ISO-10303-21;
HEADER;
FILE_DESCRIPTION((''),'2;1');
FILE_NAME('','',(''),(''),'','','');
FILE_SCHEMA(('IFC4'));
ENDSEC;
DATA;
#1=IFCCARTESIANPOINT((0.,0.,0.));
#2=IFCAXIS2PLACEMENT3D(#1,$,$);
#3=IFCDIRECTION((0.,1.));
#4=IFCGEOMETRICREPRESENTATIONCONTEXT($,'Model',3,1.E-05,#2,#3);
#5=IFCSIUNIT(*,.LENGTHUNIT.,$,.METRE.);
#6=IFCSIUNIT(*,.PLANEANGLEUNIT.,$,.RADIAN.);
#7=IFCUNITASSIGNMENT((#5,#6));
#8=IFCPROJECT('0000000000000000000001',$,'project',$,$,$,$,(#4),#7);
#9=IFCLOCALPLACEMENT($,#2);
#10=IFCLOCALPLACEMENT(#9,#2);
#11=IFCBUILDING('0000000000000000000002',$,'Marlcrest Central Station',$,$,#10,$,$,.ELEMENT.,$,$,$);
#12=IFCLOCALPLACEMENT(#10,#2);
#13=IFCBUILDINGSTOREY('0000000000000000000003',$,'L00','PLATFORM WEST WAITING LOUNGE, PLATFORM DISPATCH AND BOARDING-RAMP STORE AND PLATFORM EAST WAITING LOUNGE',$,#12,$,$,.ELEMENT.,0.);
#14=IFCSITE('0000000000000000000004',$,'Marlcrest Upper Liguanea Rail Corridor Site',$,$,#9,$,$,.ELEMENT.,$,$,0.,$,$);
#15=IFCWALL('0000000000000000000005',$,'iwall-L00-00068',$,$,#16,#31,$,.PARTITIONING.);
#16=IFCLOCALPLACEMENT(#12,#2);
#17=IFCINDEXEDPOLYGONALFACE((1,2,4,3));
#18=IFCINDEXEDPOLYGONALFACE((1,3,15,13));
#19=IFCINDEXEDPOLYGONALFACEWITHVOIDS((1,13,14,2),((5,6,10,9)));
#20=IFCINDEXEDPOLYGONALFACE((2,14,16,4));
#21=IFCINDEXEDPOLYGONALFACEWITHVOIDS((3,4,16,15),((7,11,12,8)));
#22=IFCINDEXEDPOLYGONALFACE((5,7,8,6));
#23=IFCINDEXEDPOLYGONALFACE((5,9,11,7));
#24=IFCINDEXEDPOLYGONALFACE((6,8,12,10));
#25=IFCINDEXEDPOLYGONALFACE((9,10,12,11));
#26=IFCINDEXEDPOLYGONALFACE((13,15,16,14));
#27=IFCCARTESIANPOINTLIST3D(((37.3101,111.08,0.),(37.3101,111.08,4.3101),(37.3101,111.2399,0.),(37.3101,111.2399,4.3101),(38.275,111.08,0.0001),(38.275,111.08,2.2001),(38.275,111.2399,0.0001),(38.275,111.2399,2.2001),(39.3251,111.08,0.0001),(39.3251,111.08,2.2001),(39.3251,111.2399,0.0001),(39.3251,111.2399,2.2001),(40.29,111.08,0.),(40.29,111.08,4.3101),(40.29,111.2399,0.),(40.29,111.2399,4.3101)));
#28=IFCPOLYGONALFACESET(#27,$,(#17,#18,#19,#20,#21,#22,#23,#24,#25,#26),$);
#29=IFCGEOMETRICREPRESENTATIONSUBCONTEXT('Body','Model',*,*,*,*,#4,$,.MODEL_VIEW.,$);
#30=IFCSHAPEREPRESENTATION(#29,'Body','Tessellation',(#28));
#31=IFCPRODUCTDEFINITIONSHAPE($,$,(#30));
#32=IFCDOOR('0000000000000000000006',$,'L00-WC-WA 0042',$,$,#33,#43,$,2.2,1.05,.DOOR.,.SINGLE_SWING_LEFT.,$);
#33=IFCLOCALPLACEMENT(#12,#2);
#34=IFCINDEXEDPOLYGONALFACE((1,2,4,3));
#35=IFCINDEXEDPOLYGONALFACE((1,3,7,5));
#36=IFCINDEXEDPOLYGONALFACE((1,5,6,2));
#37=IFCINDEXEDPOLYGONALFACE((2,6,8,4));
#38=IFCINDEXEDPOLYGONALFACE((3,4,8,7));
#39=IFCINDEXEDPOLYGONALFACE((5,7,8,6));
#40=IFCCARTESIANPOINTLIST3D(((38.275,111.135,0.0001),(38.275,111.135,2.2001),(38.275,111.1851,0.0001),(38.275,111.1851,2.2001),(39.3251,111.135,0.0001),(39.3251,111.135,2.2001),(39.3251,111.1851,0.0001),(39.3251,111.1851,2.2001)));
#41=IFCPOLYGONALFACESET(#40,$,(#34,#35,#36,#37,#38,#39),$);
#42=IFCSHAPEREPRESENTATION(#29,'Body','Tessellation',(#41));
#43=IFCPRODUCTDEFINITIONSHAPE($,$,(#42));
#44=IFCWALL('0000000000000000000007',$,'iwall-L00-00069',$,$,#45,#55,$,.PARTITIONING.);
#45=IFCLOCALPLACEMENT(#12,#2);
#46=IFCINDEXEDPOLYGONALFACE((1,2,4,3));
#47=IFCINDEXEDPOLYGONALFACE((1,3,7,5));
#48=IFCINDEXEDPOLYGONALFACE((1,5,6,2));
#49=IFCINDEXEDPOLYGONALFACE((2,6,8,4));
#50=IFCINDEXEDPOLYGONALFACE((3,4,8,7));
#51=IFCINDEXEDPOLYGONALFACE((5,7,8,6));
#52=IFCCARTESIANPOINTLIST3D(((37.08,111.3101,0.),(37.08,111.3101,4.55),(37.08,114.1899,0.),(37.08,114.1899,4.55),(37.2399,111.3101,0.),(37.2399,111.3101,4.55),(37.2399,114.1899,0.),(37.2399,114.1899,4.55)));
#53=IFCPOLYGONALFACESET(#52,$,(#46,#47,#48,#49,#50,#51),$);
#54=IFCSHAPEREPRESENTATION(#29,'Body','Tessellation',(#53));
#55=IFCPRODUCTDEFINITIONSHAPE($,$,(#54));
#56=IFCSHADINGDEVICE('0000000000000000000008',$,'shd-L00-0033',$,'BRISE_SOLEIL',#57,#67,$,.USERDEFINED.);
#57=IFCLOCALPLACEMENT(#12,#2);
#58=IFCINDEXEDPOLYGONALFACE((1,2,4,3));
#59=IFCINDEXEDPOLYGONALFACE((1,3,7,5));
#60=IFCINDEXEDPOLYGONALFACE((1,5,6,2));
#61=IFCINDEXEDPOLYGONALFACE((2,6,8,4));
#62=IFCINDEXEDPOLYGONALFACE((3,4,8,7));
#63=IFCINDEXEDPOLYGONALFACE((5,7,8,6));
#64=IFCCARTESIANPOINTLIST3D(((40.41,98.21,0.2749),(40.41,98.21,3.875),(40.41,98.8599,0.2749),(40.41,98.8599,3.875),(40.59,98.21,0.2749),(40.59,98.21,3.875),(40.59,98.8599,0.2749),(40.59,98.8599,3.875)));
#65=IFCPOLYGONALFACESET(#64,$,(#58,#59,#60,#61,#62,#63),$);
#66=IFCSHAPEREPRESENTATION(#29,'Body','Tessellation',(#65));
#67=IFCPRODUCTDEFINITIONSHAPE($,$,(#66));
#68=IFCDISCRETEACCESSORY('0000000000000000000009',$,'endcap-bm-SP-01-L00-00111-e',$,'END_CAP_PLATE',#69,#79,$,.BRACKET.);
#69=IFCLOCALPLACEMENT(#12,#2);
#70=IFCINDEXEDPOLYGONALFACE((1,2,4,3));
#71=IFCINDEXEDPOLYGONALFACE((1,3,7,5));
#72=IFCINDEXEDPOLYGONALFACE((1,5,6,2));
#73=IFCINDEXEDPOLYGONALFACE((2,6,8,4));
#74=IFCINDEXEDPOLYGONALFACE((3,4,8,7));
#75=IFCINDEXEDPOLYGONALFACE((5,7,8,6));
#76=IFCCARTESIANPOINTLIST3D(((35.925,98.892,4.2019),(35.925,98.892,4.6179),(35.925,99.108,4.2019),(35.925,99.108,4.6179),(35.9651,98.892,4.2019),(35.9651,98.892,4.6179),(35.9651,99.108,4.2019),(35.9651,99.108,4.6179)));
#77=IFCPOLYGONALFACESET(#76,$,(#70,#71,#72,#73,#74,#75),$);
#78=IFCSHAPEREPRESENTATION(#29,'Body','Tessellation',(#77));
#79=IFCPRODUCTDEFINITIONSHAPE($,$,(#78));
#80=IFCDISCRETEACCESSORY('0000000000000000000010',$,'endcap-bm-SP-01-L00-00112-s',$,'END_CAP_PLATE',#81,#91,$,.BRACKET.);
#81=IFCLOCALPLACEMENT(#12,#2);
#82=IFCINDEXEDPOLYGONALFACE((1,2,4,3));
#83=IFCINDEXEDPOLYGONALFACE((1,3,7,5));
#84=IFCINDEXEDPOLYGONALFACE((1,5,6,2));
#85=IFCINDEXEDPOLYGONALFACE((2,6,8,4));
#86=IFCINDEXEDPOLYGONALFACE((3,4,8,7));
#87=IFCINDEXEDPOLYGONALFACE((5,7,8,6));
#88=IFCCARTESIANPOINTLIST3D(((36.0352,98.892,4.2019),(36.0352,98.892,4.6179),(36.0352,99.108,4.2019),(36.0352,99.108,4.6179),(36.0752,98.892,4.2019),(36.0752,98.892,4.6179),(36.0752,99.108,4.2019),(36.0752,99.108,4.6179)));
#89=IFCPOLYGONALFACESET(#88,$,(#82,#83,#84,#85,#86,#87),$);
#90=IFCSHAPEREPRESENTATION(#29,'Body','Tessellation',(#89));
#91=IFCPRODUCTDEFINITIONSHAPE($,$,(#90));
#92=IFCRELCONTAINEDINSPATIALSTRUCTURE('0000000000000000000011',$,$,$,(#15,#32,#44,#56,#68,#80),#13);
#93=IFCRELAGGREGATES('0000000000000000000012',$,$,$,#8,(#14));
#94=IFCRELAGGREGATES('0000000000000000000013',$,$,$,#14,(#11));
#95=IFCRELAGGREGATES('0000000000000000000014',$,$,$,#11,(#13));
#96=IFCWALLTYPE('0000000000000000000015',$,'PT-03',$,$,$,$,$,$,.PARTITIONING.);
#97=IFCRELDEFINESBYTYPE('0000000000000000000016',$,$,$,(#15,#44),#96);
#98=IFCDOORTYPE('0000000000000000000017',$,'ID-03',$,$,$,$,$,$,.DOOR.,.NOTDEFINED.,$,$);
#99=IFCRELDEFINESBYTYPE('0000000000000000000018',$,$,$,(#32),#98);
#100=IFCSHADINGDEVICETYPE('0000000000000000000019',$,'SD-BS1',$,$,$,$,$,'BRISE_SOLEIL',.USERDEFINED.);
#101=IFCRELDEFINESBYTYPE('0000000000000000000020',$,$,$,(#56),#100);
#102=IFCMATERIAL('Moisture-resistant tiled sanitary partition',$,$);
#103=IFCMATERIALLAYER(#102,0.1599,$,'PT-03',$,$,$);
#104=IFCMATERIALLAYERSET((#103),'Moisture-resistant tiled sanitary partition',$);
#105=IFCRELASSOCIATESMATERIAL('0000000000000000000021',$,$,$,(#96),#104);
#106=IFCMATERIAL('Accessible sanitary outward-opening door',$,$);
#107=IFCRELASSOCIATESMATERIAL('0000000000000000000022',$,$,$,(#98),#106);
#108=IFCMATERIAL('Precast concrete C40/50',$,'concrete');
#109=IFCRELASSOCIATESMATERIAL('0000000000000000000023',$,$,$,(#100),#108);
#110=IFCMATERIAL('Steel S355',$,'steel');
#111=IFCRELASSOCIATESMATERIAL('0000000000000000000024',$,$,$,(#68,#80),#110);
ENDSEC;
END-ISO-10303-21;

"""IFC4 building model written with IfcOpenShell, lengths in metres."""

from ifc_helpers import new_model, si_unit, direction, frame, frame_2d, origin, origin_2d, place, context, subcontext, project, spatial, rectangle, extrude, material, layer, layer_set, type_object, element, fill, save


model = new_model("IFC4")

# Units and contexts
model_context = context("Model", 3, precision=1e-05, world=origin(), true_north=direction((0.0, 1.0)))
body_context = subcontext(model_context, "Body", "Model", "MODEL_VIEW")
ifc_project = project(units=[si_unit("LENGTHUNIT", "METRE"), si_unit("PLANEANGLEUNIT", "RADIAN")], contexts=[model_context])

# Site, building, storey
site_placement = place(None, origin())
site = spatial("IfcSite", under=ifc_project, at=site_placement, Name="Marlcrest Upper Liguanea Rail Corridor Site", CompositionType="ELEMENT", RefElevation=0.0)
building_placement = place(site_placement, origin())
building = spatial("IfcBuilding", under=site, at=building_placement, Name="Marlcrest Central Station", CompositionType="ELEMENT")
storey_placement = place(building_placement, origin())
storey = spatial("IfcBuildingStorey", under=building, at=storey_placement, Name="L00", Description="PLATFORM WEST WAITING LOUNGE, PLATFORM DISPATCH AND BOARDING-RAMP STORE AND PLATFORM EAST WAITING LOUNGE", CompositionType="ELEMENT", Elevation=0.0)

# Shared definitions
ifc_material_1 = material(Name="Steel S355", Category="steel")

# Wall, opening, door
ifc_material_2 = material(Name="Moisture-resistant tiled sanitary partition")
ifc_layer_1 = layer(ifc_material_2, 0.1599, Name="PT-03")
ifc_layer_set_1 = layer_set([ifc_layer_1], Name="Moisture-resistant tiled sanitary partition")
wall_type_1 = type_object("IfcWallType", Name="PT-03", PredefinedType="PARTITIONING", material=ifc_layer_set_1)
wall_1_placement = place(storey_placement, frame((40.29, 111.1599, 0.0), z_axis=(0.0, 0.0, 1.0), x_axis=(-1.0, 0.0, 0.0)))
wall_1 = element("IfcWall", 1, at=wall_1_placement, inside=storey, type_object=wall_type_1, Name="iwall-L00-00068", PredefinedType="PARTITIONING", context=body_context, shape_type="SweptSolid", body=[
    extrude(rectangle(XDim=2.98, YDim=0.1599, at=frame_2d((1.49, 0.0))), origin(), (0.0, 0.0, 1.0), 4.3101),
])
opening_1_placement = place(wall_1_placement, frame((0.9651, 0.0, 0.0)))
opening_1 = element("IfcOpeningElement", 2, at=opening_1_placement, cuts=wall_1, PredefinedType="OPENING", context=body_context, shape_type="SweptSolid", body=[
    extrude(rectangle(XDim=1.05, YDim=2.2, at=frame_2d((0.5249, 1.1001))), frame((0.0, 0.0898, 0.0), z_axis=(0.0, -1.0, 0.0), x_axis=(1.0, 0.0, 0.0)), (0.0, 0.0, 1.0), 0.1799),
])
ifc_material_3 = material(Name="Accessible sanitary outward-opening door")
door_type_1 = type_object("IfcDoorType", Name="ID-03", OperationType="NOTDEFINED", PredefinedType="DOOR", material=ifc_material_3)
door_1_placement = place(opening_1_placement, origin())
door_1 = element("IfcDoor", 3, at=door_1_placement, inside=storey, type_object=door_type_1, Name="L00-WC-WA 0042", OperationType="SINGLE_SWING_LEFT", OverallHeight=2.2, OverallWidth=1.05, PredefinedType="DOOR", context=body_context, shape_type="SweptSolid", body=[
    extrude(rectangle(XDim=1.05, YDim=2.2, at=frame_2d((0.5249, 1.1001))), frame((0.0, 0.0249, 0.0), z_axis=(0.0, -1.0, 0.0), x_axis=(1.0, 0.0, 0.0)), (0.0, 0.0, 1.0), 0.05),
])
fill(opening_1, door_1)

# Wall
wall_2_placement = place(storey_placement, frame((37.1599, 111.3101, 0.0), z_axis=(0.0, 0.0, 1.0), x_axis=(0.0, 1.0, 0.0)))
element("IfcWall", 4, at=wall_2_placement, inside=storey, type_object=wall_type_1, Name="iwall-L00-00069", PredefinedType="PARTITIONING", context=body_context, shape_type="SweptSolid", body=[
    extrude(rectangle(XDim=2.8799, YDim=0.1599, at=frame_2d((1.4399, 0.0))), origin(), (0.0, 0.0, 1.0), 4.55),
])

# Shading device
ifc_material_4 = material(Name="Precast concrete C40/50", Category="concrete")
shading_device_type = type_object("IfcShadingDeviceType", Name="SD-BS1", ElementType="BRISE_SOLEIL", PredefinedType="USERDEFINED", material=ifc_material_4)
shading_device_placement = place(storey_placement, frame((40.5, 98.5349, 0.2749), z_axis=(0.0, 0.0, 1.0), x_axis=(1.0, 0.0, 0.0)))
element("IfcShadingDevice", 5, at=shading_device_placement, inside=storey, type_object=shading_device_type, Name="shd-L00-0033", ObjectType="BRISE_SOLEIL", PredefinedType="USERDEFINED", context=body_context, shape_type="SweptSolid", body=[
    extrude(rectangle(XDim=0.1799, YDim=0.6499, at=origin_2d()), origin(), (0.0, 0.0, 1.0), 3.6001),
])

# Discrete accessories
for number, where, z_axis, x_axis, name in (
    (6, (35.925, 99.0, 4.4099), (1.0, 0.0, 0.0), (0.0, 1.0, 0.0), "endcap-bm-SP-01-L00-00111-e"),
    (7, (36.0352, 99.0, 4.4099), (1.0, 0.0, 0.0), (0.0, 1.0, 0.0), "endcap-bm-SP-01-L00-00112-s"),
):
    element("IfcDiscreteAccessory", number, at=place(storey_placement, frame(where, z_axis=z_axis, x_axis=x_axis)), inside=storey, material=ifc_material_1, Name=name, ObjectType="END_CAP_PLATE", PredefinedType="BRACKET", context=body_context, shape_type="SweptSolid", body=[
        extrude(rectangle(XDim=0.2161, YDim=0.416, at=origin_2d()), origin(), (0.0, 0.0, 1.0), 0.04),
    ])

save(model, "model.ifc")
